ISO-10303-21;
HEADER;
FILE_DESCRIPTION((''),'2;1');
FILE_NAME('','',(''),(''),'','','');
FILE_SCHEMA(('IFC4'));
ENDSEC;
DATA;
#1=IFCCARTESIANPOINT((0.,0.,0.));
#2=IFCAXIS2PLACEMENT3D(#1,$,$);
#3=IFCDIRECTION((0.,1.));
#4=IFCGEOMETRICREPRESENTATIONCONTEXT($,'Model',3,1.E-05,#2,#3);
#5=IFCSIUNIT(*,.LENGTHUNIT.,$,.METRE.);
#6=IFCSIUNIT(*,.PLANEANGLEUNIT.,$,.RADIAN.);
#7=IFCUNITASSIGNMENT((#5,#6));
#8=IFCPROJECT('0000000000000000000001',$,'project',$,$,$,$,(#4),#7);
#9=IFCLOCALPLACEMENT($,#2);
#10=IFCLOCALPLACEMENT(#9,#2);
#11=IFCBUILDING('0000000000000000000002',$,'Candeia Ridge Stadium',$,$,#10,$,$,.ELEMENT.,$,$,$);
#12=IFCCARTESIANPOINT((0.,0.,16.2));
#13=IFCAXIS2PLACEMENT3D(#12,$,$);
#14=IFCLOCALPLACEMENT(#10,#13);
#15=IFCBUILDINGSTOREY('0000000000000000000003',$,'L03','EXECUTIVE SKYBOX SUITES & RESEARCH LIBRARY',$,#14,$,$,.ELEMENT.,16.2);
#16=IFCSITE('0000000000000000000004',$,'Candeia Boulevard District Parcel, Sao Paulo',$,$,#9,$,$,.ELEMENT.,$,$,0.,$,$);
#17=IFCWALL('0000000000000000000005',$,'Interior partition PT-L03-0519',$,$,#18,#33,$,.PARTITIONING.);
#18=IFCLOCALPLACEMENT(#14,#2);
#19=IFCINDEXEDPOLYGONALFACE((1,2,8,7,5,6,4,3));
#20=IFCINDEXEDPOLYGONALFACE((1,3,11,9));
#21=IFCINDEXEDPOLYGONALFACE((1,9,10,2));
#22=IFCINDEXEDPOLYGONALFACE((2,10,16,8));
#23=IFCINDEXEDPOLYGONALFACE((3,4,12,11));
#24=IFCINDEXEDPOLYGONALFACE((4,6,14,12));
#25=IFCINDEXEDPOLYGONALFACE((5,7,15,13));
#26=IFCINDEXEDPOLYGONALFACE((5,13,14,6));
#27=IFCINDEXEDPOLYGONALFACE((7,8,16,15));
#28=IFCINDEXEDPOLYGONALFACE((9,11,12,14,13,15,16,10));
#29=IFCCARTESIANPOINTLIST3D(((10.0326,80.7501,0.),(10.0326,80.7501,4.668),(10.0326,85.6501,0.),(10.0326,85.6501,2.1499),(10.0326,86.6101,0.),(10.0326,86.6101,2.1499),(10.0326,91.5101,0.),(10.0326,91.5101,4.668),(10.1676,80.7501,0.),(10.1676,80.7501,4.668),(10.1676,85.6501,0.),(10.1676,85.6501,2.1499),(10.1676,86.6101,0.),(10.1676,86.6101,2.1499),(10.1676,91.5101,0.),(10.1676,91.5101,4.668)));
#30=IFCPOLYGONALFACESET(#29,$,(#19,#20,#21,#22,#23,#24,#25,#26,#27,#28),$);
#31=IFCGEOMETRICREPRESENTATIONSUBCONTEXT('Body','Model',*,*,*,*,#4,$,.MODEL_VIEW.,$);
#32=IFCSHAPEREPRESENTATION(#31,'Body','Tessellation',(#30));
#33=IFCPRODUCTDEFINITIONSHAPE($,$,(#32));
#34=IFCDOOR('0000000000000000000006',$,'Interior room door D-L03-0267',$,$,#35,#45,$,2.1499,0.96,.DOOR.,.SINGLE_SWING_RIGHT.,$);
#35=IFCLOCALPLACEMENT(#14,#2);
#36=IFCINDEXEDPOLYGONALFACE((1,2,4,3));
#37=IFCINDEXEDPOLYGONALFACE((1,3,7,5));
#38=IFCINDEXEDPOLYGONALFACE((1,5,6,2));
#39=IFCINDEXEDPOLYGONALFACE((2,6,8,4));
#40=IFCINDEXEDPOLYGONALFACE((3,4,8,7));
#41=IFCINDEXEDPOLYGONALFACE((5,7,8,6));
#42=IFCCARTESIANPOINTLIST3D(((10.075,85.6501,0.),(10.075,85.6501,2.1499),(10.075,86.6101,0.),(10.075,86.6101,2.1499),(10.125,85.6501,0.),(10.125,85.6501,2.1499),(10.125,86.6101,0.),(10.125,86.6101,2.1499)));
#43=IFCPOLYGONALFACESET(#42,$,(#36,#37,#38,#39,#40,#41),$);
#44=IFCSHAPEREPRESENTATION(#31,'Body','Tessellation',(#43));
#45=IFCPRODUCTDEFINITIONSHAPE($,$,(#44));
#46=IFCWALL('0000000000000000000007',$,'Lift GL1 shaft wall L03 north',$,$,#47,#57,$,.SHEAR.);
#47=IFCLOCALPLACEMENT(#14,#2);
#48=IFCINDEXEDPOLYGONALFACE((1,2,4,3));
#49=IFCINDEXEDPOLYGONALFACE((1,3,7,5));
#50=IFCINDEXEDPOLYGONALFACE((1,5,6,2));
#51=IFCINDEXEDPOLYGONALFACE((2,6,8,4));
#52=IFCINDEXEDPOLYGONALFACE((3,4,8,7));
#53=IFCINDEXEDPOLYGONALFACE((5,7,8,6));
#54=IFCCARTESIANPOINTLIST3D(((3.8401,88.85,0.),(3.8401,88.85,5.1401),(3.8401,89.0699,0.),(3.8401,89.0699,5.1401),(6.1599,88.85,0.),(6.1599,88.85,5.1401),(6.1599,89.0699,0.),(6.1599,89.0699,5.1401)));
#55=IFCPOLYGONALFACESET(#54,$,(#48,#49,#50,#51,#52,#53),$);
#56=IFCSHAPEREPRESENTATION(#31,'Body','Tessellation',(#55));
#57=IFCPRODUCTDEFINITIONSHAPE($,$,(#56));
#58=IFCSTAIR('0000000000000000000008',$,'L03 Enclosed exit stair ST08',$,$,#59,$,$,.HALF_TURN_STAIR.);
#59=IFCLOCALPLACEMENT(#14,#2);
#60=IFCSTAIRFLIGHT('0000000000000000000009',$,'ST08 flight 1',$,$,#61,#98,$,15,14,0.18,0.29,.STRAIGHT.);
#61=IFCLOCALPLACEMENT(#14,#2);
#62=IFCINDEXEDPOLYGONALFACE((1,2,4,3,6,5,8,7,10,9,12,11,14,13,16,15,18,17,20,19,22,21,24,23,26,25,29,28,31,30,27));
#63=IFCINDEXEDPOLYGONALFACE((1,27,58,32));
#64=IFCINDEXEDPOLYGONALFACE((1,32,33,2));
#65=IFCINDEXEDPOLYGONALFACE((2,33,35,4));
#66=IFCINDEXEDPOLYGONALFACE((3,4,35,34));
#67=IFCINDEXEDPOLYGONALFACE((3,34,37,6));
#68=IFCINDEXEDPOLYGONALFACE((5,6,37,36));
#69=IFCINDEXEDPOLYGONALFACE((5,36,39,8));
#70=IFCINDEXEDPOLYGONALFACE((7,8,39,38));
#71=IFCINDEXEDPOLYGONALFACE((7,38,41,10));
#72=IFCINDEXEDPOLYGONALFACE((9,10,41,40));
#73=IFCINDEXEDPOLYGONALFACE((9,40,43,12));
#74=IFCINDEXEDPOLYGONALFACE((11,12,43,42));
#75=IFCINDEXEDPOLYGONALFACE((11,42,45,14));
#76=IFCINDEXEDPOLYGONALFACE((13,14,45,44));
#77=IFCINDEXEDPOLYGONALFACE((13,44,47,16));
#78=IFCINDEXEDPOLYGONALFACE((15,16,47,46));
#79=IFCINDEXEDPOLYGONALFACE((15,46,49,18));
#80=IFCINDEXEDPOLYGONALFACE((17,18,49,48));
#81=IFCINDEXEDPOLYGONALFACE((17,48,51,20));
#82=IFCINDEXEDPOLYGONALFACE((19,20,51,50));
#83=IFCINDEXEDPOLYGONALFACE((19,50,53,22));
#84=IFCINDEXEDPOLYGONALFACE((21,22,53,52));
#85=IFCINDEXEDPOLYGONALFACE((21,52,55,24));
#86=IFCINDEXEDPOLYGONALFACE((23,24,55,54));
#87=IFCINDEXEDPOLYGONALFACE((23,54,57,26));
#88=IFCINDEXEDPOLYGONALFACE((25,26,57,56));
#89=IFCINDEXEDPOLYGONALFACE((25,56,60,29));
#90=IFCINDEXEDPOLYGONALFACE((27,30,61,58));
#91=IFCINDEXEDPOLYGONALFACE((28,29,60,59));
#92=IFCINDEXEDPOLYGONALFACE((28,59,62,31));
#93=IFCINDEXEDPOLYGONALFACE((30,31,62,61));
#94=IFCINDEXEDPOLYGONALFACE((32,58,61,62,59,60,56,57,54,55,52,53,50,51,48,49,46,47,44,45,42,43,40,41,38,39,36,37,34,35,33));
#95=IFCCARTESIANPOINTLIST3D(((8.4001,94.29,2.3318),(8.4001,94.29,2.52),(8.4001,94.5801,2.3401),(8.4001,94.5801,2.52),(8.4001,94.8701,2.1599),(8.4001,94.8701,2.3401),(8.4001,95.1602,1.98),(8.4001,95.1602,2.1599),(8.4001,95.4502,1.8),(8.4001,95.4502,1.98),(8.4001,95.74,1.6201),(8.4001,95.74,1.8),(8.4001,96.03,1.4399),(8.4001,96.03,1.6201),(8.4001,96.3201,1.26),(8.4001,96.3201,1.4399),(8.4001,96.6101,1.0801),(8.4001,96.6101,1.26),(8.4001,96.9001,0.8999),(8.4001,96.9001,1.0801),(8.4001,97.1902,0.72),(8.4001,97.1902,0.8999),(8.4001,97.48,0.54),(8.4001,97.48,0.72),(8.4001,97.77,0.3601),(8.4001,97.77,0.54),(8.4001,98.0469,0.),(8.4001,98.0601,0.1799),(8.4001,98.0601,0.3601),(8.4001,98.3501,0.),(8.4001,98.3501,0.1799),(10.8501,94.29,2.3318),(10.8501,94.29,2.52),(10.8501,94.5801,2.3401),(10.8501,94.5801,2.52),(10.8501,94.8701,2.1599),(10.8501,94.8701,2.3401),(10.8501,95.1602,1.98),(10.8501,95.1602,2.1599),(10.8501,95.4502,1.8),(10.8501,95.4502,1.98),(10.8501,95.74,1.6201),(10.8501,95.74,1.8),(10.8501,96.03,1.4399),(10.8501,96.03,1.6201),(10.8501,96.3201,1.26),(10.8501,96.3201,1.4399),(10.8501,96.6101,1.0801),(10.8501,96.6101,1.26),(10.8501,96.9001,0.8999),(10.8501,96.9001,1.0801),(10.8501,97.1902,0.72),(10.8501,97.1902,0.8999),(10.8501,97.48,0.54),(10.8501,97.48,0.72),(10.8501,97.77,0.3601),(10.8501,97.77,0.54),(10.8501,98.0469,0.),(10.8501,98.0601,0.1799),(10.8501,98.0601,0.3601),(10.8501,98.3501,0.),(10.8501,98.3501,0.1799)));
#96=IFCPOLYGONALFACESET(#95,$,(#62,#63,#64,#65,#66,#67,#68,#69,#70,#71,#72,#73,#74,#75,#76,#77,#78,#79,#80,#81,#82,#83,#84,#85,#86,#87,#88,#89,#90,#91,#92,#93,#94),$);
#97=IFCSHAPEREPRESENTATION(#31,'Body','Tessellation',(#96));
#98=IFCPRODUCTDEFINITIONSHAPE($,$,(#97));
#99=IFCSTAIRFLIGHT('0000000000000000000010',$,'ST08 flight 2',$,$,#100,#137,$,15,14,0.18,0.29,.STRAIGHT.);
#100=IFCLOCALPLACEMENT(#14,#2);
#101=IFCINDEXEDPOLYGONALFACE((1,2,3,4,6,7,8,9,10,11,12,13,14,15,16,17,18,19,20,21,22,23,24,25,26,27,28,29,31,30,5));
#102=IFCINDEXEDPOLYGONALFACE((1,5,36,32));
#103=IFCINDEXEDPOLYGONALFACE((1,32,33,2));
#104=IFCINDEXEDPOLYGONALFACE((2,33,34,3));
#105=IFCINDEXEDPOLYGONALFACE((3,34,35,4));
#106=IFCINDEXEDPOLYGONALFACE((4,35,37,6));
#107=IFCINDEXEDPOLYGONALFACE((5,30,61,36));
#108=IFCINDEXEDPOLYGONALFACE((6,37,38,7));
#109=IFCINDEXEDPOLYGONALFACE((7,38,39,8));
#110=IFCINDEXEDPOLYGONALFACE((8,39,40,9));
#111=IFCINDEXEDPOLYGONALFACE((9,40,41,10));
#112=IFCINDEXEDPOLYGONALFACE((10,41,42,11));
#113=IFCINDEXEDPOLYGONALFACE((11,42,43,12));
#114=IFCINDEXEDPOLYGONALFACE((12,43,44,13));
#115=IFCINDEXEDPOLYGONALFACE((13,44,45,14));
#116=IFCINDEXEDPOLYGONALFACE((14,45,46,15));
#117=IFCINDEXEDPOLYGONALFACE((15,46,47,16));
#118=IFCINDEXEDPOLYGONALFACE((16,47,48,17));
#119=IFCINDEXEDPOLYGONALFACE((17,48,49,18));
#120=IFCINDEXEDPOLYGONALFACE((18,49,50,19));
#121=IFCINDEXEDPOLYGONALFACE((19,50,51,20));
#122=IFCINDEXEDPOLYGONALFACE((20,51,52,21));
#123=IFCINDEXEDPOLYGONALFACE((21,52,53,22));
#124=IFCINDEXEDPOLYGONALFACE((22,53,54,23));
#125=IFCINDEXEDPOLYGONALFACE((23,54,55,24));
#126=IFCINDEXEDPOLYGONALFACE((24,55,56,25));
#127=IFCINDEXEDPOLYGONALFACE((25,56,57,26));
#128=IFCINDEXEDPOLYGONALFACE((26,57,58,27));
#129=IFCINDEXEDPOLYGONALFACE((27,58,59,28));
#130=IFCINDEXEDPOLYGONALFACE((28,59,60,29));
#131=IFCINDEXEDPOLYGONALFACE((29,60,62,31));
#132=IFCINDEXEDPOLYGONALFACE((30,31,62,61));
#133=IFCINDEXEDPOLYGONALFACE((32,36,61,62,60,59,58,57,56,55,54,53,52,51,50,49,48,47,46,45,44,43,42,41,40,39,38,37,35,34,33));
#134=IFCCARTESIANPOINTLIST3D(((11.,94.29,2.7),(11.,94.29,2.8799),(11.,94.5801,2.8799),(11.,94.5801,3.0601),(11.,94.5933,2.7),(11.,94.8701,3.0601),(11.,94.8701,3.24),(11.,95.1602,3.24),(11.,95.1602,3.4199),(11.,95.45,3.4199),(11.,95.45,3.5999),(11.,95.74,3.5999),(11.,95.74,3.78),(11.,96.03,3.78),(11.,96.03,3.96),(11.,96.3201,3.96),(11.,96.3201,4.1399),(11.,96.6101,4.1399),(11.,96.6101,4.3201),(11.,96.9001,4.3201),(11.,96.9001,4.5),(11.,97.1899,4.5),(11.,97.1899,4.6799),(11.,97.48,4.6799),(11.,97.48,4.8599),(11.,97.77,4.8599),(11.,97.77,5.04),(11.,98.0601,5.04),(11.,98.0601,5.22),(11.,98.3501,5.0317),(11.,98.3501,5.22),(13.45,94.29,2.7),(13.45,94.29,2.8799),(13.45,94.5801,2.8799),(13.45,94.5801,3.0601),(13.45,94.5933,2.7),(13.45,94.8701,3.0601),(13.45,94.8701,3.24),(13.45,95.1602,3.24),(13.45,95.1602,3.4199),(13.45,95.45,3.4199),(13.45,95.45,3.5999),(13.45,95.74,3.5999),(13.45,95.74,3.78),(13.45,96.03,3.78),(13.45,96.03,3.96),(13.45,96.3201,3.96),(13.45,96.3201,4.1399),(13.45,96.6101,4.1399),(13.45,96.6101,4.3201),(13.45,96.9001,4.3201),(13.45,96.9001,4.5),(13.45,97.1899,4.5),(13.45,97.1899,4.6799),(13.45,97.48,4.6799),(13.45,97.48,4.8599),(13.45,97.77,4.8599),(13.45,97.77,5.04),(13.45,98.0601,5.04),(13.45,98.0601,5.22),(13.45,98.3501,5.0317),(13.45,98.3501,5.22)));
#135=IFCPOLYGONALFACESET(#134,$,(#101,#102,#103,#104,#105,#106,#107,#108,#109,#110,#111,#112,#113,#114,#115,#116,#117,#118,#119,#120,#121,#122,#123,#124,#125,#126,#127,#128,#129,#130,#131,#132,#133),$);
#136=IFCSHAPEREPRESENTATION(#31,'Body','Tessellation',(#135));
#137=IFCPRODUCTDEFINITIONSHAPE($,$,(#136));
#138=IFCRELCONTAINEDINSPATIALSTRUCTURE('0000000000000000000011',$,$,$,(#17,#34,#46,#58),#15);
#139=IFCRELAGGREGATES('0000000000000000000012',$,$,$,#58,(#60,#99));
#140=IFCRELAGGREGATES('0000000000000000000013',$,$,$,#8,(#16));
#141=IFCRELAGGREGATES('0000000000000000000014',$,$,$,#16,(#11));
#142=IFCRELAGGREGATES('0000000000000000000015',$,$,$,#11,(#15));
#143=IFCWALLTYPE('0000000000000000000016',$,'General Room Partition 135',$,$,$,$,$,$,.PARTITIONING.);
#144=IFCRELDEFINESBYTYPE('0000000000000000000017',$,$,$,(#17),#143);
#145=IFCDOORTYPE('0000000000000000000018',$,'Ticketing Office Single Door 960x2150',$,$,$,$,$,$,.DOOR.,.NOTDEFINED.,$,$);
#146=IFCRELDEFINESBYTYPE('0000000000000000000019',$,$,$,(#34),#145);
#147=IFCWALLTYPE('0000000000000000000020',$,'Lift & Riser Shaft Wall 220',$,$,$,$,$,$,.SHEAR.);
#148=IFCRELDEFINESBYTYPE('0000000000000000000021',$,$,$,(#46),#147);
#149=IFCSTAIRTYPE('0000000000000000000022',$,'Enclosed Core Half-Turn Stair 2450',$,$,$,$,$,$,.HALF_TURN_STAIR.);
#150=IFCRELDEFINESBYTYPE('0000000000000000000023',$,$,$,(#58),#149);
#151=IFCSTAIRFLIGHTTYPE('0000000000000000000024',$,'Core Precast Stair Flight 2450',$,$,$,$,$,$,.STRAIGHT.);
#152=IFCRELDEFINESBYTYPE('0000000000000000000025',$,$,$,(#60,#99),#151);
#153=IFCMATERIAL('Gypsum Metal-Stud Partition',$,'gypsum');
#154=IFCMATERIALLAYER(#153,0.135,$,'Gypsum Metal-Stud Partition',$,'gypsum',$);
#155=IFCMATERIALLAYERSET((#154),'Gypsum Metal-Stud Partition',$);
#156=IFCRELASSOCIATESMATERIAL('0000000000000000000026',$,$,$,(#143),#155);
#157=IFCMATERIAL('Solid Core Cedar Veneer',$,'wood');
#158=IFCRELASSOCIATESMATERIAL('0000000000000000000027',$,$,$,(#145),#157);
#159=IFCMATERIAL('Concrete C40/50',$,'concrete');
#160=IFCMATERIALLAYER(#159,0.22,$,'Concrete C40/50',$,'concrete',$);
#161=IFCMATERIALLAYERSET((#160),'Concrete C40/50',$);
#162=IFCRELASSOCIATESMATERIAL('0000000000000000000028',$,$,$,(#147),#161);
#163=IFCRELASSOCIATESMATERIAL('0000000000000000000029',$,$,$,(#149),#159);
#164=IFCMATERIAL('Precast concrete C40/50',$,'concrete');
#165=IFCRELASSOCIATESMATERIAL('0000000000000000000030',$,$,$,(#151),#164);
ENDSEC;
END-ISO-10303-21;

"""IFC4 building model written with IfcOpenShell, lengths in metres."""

from ifc_helpers import new_model, si_unit, direction, frame, frame_2d, origin, place, context, subcontext, project, spatial, polyline, rectangle, outline, extrude, material, layer, layer_set, type_object, element, fill, aggregate, save


model = new_model("IFC4")

# Units and contexts
model_context = context("Model", 3, precision=1e-05, world=origin(), true_north=direction((0.0, 1.0)))
body_context = subcontext(model_context, "Body", "Model", "MODEL_VIEW")
ifc_project = project(units=[si_unit("LENGTHUNIT", "METRE"), si_unit("PLANEANGLEUNIT", "RADIAN")], contexts=[model_context])

# Site, building, storey
site_placement = place(None, origin())
site = spatial("IfcSite", under=ifc_project, at=site_placement, Name="Candeia Boulevard District Parcel, Sao Paulo", CompositionType="ELEMENT", RefElevation=0.0)
building_placement = place(site_placement, origin())
building = spatial("IfcBuilding", under=site, at=building_placement, Name="Candeia Ridge Stadium", CompositionType="ELEMENT")
storey_placement = place(building_placement, frame((0.0, 0.0, 16.2)))
storey = spatial("IfcBuildingStorey", under=building, at=storey_placement, Name="L03", Description="EXECUTIVE SKYBOX SUITES & RESEARCH LIBRARY", CompositionType="ELEMENT", Elevation=16.2)

# Shared definitions
ifc_material_1 = material(Name="Concrete C40/50", Category="concrete")

# Wall, opening, door
ifc_material_2 = material(Name="Gypsum Metal-Stud Partition", Category="gypsum")
ifc_layer_1 = layer(ifc_material_2, 0.135, Name="Gypsum Metal-Stud Partition", Category="gypsum")
ifc_layer_set_1 = layer_set([ifc_layer_1], Name="Gypsum Metal-Stud Partition")
wall_type_1 = type_object("IfcWallType", Name="General Room Partition 135", PredefinedType="PARTITIONING", material=ifc_layer_set_1)
wall_1_placement = place(storey_placement, frame((10.1001, 91.51, 0.0), z_axis=(0.0, 0.0, 1.0), x_axis=(0.0, -1.0, 0.0)))
wall_1 = element("IfcWall", 1, at=wall_1_placement, inside=storey, type_object=wall_type_1, Name="Interior partition PT-L03-0519", PredefinedType="PARTITIONING", context=body_context, shape_type="SweptSolid", body=[
    extrude(rectangle(XDim=10.76, YDim=0.135, at=frame_2d((5.3799, 0.0))), origin(), (0.0, 0.0, 1.0), 4.668),
])
opening_1_placement = place(wall_1_placement, frame((4.8999, 0.0, 0.0)))
opening_1 = element("IfcOpeningElement", 2, at=opening_1_placement, cuts=wall_1, PredefinedType="OPENING", context=body_context, shape_type="SweptSolid", body=[
    extrude(rectangle(XDim=0.96, YDim=2.1499, at=frame_2d((0.48, 1.075))), frame((0.0, 0.0774, 0.0), z_axis=(0.0, -1.0, 0.0), x_axis=(1.0, 0.0, 0.0)), (0.0, 0.0, 1.0), 0.155),
])
ifc_material_3 = material(Name="Solid Core Cedar Veneer", Category="wood")
door_type = type_object("IfcDoorType", Name="Ticketing Office Single Door 960x2150", OperationType="NOTDEFINED", PredefinedType="DOOR", material=ifc_material_3)
door_placement = place(opening_1_placement, origin())
door = element("IfcDoor", 3, at=door_placement, inside=storey, type_object=door_type, Name="Interior room door D-L03-0267", OperationType="SINGLE_SWING_RIGHT", OverallHeight=2.1499, OverallWidth=0.96, PredefinedType="DOOR", context=body_context, shape_type="SweptSolid", body=[
    extrude(rectangle(XDim=0.96, YDim=2.1499, at=frame_2d((0.48, 1.075))), frame((0.0, 0.0249, 0.0), z_axis=(0.0, -1.0, 0.0), x_axis=(1.0, 0.0, 0.0)), (0.0, 0.0, 1.0), 0.05),
])
fill(opening_1, door)

# Wall
ifc_layer_2 = layer(ifc_material_1, 0.22, Name="Concrete C40/50", Category="concrete")
ifc_layer_set_2 = layer_set([ifc_layer_2], Name="Concrete C40/50")
wall_type_2 = type_object("IfcWallType", Name="Lift & Riser Shaft Wall 220", PredefinedType="SHEAR", material=ifc_layer_set_2)
wall_2_placement = place(storey_placement, frame((6.1599, 88.96, 0.0), z_axis=(0.0, 0.0, 1.0), x_axis=(-1.0, 0.0, 0.0)))
element("IfcWall", 4, at=wall_2_placement, inside=storey, type_object=wall_type_2, Name="Lift GL1 shaft wall L03 north", PredefinedType="SHEAR", context=body_context, shape_type="SweptSolid", body=[
    extrude(rectangle(XDim=2.3198, YDim=0.22, at=frame_2d((1.1599, 0.0))), origin(), (0.0, 0.0, 1.0), 5.1401),
])

# Stair, stair flights
stair_type = type_object("IfcStairType", Name="Enclosed Core Half-Turn Stair 2450", PredefinedType="HALF_TURN_STAIR", material=ifc_material_1)
stair_placement = place(storey_placement, origin())
stair = element("IfcStair", 5, at=stair_placement, inside=storey, type_object=stair_type, Name="L03 Enclosed exit stair ST08", PredefinedType="HALF_TURN_STAIR")
ifc_material_4 = material(Name="Precast concrete C40/50", Category="concrete")
stair_flight_type = type_object("IfcStairFlightType", Name="Core Precast Stair Flight 2450", PredefinedType="STRAIGHT", material=ifc_material_4)
stair_flight_1_placement = place(storey_placement, frame((9.625, 98.3501, 0.0), z_axis=(0.0, 0.0, 1.0), x_axis=(0.0, -1.0, 0.0)))
stair_flight_1 = element("IfcStairFlight", 6, at=stair_flight_1_placement, type_object=stair_flight_type, Name="ST08 flight 1", NumberOfRisers=15, NumberOfTreads=14, PredefinedType="STRAIGHT", RiserHeight=0.18, TreadLength=0.29, context=body_context, shape_type="SweptSolid", body=[
    extrude(outline(polyline([(0.0, 0.0), (0.0, 0.1799), (0.29, 0.1799), (0.29, 0.3601), (0.5801, 0.3601), (0.5801, 0.54), (0.8701, 0.54), (0.8701, 0.72), (1.1599, 0.72), (1.1599, 0.8999), (1.45, 0.8999), (1.45, 1.0801), (1.74, 1.0801), (1.74, 1.26), (2.03, 1.26), (2.03, 1.4399), (2.3201, 1.4399), (2.3201, 1.6201), (2.6101, 1.6201), (2.6101, 1.8), (2.8999, 1.8), (2.8999, 1.98), (3.1899, 1.98), (3.1899, 2.1599), (3.48, 2.1599), (3.48, 2.3401), (3.77, 2.3401), (3.77, 2.52), (4.0601, 2.52), (4.0601, 2.7), (4.0601, 2.3318), (0.3032, 0.0), (0.0, 0.0)])), frame((0.0, 1.2251, 0.0), z_axis=(0.0, -1.0, 0.0), x_axis=(1.0, 0.0, 0.0)), (0.0, 0.0, 1.0), 2.45),
])
stair_flight_2_placement = place(storey_placement, frame((12.2251, 94.29, 2.7), z_axis=(0.0, 0.0, 1.0), x_axis=(0.0, 1.0, 0.0)))
stair_flight_2 = element("IfcStairFlight", 7, at=stair_flight_2_placement, type_object=stair_flight_type, Name="ST08 flight 2", NumberOfRisers=15, NumberOfTreads=14, PredefinedType="STRAIGHT", RiserHeight=0.18, TreadLength=0.29, context=body_context, shape_type="SweptSolid", body=[
    extrude(outline(polyline([(0.0, 0.0), (0.0, 0.1799), (0.29, 0.1799), (0.29, 0.3601), (0.5801, 0.3601), (0.5801, 0.54), (0.8701, 0.54), (0.8701, 0.72), (1.1599, 0.72), (1.1599, 0.8999), (1.45, 0.8999), (1.45, 1.0801), (1.74, 1.0801), (1.74, 1.26), (2.03, 1.26), (2.03, 1.4399), (2.3201, 1.4399), (2.3201, 1.6201), (2.6101, 1.6201), (2.6101, 1.8), (2.8999, 1.8), (2.8999, 1.98), (3.1899, 1.98), (3.1899, 2.1599), (3.48, 2.1599), (3.48, 2.3401), (3.77, 2.3401), (3.77, 2.52), (4.0601, 2.52), (4.0601, 2.7), (4.0601, 2.3318), (0.3032, 0.0), (0.0, 0.0)])), frame((0.0, 1.2251, 0.0), z_axis=(0.0, -1.0, 0.0), x_axis=(1.0, 0.0, 0.0)), (0.0, 0.0, 1.0), 2.45),
])
aggregate(stair, [stair_flight_1, stair_flight_2])

save(model, "model.ifc")
